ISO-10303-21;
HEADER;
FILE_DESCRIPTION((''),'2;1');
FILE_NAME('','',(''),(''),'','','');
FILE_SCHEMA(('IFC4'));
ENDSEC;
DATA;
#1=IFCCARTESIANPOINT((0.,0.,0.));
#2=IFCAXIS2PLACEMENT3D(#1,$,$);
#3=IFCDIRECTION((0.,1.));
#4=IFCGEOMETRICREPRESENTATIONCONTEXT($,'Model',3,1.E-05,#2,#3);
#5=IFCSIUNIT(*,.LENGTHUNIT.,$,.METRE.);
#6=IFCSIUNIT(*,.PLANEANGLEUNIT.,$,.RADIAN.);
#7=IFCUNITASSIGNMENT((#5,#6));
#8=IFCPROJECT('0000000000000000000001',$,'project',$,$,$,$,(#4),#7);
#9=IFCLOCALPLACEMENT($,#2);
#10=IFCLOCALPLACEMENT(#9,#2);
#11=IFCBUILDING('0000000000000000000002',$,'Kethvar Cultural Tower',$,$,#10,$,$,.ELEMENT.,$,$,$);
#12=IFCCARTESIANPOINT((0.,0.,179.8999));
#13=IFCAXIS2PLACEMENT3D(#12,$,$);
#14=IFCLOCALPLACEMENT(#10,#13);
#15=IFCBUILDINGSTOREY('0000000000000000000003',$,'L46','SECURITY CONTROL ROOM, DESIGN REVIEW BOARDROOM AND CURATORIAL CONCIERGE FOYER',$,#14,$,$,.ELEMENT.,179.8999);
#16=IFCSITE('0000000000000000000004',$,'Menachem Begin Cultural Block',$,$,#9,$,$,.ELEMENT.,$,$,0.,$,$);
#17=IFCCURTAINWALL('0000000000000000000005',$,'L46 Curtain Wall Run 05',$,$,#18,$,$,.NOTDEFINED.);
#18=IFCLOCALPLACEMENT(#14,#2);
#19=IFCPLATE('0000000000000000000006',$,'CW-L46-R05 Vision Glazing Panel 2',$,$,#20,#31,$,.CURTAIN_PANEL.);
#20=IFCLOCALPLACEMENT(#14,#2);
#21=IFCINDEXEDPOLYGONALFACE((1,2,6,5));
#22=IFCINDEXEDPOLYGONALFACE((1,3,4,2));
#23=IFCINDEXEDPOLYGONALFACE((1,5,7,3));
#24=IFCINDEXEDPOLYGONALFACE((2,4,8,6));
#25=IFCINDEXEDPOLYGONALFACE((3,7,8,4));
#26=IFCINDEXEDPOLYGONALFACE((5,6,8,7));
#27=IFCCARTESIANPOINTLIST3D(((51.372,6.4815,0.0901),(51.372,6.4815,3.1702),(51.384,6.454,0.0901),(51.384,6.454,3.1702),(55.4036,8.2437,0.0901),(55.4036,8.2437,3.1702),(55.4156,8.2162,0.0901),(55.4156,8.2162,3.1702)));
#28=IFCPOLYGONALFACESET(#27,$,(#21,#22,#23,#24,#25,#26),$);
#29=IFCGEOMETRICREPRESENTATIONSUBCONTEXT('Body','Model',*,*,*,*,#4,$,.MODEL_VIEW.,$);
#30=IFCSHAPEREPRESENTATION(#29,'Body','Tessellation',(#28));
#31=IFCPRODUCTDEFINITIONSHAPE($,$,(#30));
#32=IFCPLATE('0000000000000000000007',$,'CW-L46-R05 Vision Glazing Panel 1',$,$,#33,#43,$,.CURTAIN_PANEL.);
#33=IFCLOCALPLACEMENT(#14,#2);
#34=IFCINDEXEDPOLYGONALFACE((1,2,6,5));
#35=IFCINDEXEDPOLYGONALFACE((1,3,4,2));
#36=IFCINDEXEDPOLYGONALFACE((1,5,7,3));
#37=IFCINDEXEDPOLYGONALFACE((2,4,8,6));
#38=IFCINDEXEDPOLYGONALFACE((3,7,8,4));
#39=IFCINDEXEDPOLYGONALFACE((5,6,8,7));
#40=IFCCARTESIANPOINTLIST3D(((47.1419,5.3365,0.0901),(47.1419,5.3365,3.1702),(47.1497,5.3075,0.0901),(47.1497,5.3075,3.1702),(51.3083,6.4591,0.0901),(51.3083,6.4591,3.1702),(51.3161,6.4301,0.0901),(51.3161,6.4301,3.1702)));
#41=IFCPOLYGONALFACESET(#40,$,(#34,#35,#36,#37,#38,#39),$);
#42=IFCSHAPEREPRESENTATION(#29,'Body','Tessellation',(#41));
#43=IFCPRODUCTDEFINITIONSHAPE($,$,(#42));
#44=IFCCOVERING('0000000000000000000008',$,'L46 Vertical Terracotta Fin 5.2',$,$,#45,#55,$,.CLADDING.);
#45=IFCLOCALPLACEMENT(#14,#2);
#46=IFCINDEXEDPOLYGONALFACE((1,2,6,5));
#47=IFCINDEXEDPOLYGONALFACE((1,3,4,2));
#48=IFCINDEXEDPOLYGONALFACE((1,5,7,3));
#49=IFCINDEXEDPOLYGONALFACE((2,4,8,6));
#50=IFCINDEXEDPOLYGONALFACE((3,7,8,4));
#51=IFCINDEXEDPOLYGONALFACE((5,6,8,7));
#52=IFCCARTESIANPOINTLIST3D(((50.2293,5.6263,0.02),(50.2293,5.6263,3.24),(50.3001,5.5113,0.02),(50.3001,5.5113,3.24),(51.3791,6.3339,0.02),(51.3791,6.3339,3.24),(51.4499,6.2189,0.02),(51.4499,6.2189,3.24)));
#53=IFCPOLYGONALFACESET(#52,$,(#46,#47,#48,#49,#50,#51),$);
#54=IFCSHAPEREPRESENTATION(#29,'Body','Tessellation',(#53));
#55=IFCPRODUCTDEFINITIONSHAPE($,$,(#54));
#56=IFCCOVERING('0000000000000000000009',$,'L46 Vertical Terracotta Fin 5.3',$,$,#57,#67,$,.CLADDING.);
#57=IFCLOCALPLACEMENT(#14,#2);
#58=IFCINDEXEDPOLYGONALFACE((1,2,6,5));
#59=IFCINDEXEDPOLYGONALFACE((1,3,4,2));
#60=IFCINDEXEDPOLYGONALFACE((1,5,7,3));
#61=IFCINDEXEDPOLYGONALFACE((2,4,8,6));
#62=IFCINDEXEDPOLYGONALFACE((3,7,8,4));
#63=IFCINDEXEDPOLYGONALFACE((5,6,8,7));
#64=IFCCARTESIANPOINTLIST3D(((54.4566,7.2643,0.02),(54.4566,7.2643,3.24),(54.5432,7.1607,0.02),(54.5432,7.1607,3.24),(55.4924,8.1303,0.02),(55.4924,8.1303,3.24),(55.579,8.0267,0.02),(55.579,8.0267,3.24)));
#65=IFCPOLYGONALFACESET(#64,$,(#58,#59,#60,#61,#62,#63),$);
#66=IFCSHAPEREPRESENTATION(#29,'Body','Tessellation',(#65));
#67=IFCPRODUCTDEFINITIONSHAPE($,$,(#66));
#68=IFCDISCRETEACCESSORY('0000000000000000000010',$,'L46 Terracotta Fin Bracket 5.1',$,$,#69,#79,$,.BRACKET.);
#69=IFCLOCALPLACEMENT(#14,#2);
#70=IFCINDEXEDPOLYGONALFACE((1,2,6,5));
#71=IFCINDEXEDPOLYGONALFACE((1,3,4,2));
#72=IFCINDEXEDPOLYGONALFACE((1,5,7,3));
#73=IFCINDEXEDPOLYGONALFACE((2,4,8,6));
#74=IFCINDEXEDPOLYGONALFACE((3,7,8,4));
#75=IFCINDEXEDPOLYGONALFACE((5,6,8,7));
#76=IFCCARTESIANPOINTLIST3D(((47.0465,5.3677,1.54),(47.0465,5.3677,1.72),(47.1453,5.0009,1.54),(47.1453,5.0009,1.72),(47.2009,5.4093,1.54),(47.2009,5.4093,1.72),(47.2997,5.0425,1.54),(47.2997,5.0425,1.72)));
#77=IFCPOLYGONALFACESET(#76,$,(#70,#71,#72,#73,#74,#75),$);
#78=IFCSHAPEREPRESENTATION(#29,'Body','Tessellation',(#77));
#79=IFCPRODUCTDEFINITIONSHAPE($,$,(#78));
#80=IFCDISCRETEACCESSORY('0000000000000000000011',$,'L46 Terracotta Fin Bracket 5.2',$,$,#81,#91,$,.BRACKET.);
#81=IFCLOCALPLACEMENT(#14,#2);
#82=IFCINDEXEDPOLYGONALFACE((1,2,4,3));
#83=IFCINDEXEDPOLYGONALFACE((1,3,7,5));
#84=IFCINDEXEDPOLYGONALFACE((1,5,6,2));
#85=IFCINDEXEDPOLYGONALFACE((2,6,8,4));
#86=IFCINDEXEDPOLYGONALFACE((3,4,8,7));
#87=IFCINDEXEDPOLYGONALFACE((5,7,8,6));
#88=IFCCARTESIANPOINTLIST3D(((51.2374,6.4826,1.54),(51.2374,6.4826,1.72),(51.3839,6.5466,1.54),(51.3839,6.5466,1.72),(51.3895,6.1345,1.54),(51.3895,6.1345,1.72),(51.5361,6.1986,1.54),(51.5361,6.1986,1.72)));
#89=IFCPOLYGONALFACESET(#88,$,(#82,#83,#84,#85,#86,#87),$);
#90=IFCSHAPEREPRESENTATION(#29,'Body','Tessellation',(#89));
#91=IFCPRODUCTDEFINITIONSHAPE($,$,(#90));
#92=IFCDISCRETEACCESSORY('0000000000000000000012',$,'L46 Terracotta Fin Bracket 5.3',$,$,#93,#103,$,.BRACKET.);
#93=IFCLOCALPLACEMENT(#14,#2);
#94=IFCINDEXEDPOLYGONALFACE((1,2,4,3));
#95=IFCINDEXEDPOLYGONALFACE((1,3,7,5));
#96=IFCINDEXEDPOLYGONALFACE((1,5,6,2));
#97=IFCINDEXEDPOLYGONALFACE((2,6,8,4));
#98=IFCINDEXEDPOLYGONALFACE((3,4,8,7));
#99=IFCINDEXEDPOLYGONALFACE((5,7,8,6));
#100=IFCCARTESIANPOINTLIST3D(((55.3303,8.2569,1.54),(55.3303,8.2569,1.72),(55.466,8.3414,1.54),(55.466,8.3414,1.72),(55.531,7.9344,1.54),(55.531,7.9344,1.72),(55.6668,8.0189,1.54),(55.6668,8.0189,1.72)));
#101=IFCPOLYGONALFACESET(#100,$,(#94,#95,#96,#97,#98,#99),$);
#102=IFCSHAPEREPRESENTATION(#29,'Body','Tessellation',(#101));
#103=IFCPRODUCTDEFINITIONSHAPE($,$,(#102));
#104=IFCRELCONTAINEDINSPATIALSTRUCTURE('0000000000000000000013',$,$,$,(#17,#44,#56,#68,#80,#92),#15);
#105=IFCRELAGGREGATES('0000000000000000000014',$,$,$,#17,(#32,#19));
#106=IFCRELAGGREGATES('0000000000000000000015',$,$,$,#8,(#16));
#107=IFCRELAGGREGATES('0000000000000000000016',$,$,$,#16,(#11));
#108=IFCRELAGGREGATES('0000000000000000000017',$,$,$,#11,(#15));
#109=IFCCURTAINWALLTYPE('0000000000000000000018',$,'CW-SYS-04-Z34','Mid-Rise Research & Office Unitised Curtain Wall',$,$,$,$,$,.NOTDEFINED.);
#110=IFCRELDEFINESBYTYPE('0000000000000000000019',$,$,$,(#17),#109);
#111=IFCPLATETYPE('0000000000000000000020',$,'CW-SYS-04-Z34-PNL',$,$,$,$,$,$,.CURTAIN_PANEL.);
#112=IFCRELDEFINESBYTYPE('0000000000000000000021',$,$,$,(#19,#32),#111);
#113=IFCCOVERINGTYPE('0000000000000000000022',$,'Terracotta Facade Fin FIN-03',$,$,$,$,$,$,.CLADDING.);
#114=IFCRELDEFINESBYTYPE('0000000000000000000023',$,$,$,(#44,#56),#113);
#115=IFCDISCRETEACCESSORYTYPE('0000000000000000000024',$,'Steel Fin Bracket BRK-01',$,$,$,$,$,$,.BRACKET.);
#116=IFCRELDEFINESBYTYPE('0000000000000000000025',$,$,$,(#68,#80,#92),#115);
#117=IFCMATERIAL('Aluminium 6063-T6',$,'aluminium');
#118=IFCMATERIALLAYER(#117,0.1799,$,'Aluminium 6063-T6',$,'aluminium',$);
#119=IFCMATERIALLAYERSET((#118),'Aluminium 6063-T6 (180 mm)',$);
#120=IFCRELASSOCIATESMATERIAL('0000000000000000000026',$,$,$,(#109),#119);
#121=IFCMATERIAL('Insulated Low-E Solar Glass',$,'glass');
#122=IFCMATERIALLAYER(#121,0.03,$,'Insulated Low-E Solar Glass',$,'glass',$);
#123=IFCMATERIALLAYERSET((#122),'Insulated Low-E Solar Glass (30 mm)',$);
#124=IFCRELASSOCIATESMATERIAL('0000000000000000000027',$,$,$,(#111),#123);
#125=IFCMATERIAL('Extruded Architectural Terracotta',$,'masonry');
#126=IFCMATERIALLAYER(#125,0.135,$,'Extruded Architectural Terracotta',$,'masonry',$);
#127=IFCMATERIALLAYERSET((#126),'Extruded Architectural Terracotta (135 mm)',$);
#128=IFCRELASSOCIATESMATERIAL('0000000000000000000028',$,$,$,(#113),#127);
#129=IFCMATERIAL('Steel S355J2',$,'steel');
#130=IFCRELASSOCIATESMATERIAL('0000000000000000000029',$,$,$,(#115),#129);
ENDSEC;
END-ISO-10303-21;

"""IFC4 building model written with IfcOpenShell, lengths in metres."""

from ifc_helpers import new_model, si_unit, direction, frame, origin, origin_2d, place, context, subcontext, project, spatial, rectangle, extrude, source, transform, mapped, material, layer, layer_set, type_object, element, aggregate, save


model = new_model("IFC4")

# Units and contexts
model_context = context("Model", 3, precision=1e-05, world=origin(), true_north=direction((0.0, 1.0)))
body_context = subcontext(model_context, "Body", "Model", "MODEL_VIEW")
ifc_project = project(units=[si_unit("LENGTHUNIT", "METRE"), si_unit("PLANEANGLEUNIT", "RADIAN")], contexts=[model_context])

# Site, building, storey
site_placement = place(None, origin())
site = spatial("IfcSite", under=ifc_project, at=site_placement, Name="Menachem Begin Cultural Block", CompositionType="ELEMENT", RefElevation=0.0)
building_placement = place(site_placement, origin())
building = spatial("IfcBuilding", under=site, at=building_placement, Name="Kethvar Cultural Tower", CompositionType="ELEMENT")
storey_placement = place(building_placement, frame((0.0, 0.0, 179.8999)))
storey = spatial("IfcBuildingStorey", under=building, at=storey_placement, Name="L46", Description="SECURITY CONTROL ROOM, DESIGN REVIEW BOARDROOM AND CURATORIAL CONCIERGE FOYER", CompositionType="ELEMENT", Elevation=179.8999)

# Shared definitions
ifc_material_1 = material(Name="Steel S355J2", Category="steel")

# Shared definitions
ifc_material_2 = material(Name="Aluminium 6063-T6", Category="aluminium")
ifc_layer_1 = layer(ifc_material_2, 0.1799, Name="Aluminium 6063-T6", Category="aluminium")
ifc_layer_set_1 = layer_set([ifc_layer_1], Name="Aluminium 6063-T6 (180 mm)")
curtain_wall_type = type_object("IfcCurtainWallType", Name="CW-SYS-04-Z34", Description="Mid-Rise Research & Office Unitised Curtain Wall", PredefinedType="NOTDEFINED", material=ifc_layer_set_1)

# Curtain wall, plates
curtain_wall_1_placement = place(storey_placement, origin())
curtain_wall_1 = element("IfcCurtainWall", 1, at=curtain_wall_1_placement, inside=storey, type_object=curtain_wall_type, Name="L46 Curtain Wall Run 05", PredefinedType="NOTDEFINED")
ifc_material_3 = material(Name="Insulated Low-E Solar Glass", Category="glass")
ifc_layer_2 = layer(ifc_material_3, 0.03, Name="Insulated Low-E Solar Glass", Category="glass")
ifc_layer_set_2 = layer_set([ifc_layer_2], Name="Insulated Low-E Solar Glass (30 mm)")
plate_type = type_object("IfcPlateType", Name="CW-SYS-04-Z34-PNL", PredefinedType="CURTAIN_PANEL", material=ifc_layer_set_2)
shared_shape_1 = source(origin(), body_context, "Body", "SweptSolid", [
    extrude(rectangle(XDim=4.3999, YDim=0.03, at=origin_2d()), origin(), (0.0, 0.0, 1.0), 3.0801),
])
plate_1_placement = place(storey_placement, frame((53.3938, 7.3489, 0.0901), z_axis=(0.0, 0.0, 1.0), x_axis=(0.916293, 0.400509, 0.0)))
plate_1 = element("IfcPlate", 2, at=plate_1_placement, type_object=plate_type, Name="CW-L46-R05 Vision Glazing Panel 2", PredefinedType="CURTAIN_PANEL", context=body_context, shape_type="MappedRepresentation", body=[
    mapped(shared_shape_1, transform((0.0, 0.0, 0.0), scale=1.0)),
])
shared_shape_2 = source(origin(), body_context, "Body", "SweptSolid", [
    extrude(rectangle(XDim=4.3149, YDim=0.03, at=origin_2d()), origin(), (0.0, 0.0, 1.0), 3.0801),
])
plate_2_placement = place(storey_placement, frame((49.229, 5.8833, 0.0901), z_axis=(0.0, 0.0, 1.0), x_axis=(0.965564, 0.260167, 0.0)))
plate_2 = element("IfcPlate", 3, at=plate_2_placement, type_object=plate_type, Name="CW-L46-R05 Vision Glazing Panel 1", PredefinedType="CURTAIN_PANEL", context=body_context, shape_type="MappedRepresentation", body=[
    mapped(shared_shape_2, transform((0.0, 0.0, 0.0), scale=1.0)),
])
aggregate(curtain_wall_1, [plate_2, plate_1])

# Coverings
ifc_material_4 = material(Name="Extruded Architectural Terracotta", Category="masonry")
ifc_layer_3 = layer(ifc_material_4, 0.135, Name="Extruded Architectural Terracotta", Category="masonry")
ifc_layer_set_3 = layer_set([ifc_layer_3], Name="Extruded Architectural Terracotta (135 mm)")
covering_type = type_object("IfcCoveringType", Name="Terracotta Facade Fin FIN-03", PredefinedType="CLADDING", material=ifc_layer_set_3)
shared_shape_3 = source(origin(), body_context, "Body", "SweptSolid", [
    extrude(rectangle(XDim=1.3501, YDim=0.135, at=origin_2d()), origin(), (0.0, 0.0, 1.0), 3.22),
])
for number, where, z_axis, x_axis, name in (
    (4, (50.8396, 5.9226, 0.02), (0.0, 0.0, 1.0), (-0.851635, -0.524135, 0.0), "L46 Vertical Terracotta Fin 5.2"),
    (5, (55.0178, 7.6455, 0.02), (0.0, 0.0, 1.0), (-0.767165, -0.64145, 0.0), "L46 Vertical Terracotta Fin 5.3"),
):
    element("IfcCovering", number, at=place(storey_placement, frame(where, z_axis=z_axis, x_axis=x_axis)), inside=storey, type_object=covering_type, Name=name, PredefinedType="CLADDING", context=body_context, shape_type="MappedRepresentation", body=[
        mapped(shared_shape_3, transform((0.0, 0.0, 0.0), scale=1.0)),
    ])

# Discrete accessories
discrete_accessory_type = type_object("IfcDiscreteAccessoryType", Name="Steel Fin Bracket BRK-01", PredefinedType="BRACKET", material=ifc_material_1)
shared_shape_4 = source(origin(), body_context, "Body", "SweptSolid", [
    extrude(rectangle(XDim=0.3799, YDim=0.1599, at=origin_2d()), origin(), (0.0, 0.0, 1.0), 0.1799),
])
for number, where, z_axis, x_axis, name in (
    (6, (47.1731, 5.2051, 1.54), (0.0, 0.0, 1.0), (0.260167, -0.965564, 0.0), "L46 Terracotta Fin Bracket 5.1"),
    (7, (51.3867, 6.3406, 1.54), (0.0, 0.0, 1.0), (0.400509, -0.916293, 0.0), "L46 Terracotta Fin Bracket 5.2"),
    (8, (55.4985, 8.1379, 1.54), (0.0, 0.0, 1.0), (0.528438, -0.848972, 0.0), "L46 Terracotta Fin Bracket 5.3"),
):
    element("IfcDiscreteAccessory", number, at=place(storey_placement, frame(where, z_axis=z_axis, x_axis=x_axis)), inside=storey, type_object=discrete_accessory_type, Name=name, PredefinedType="BRACKET", context=body_context, shape_type="MappedRepresentation", body=[
        mapped(shared_shape_4, transform((0.0, 0.0, 0.0), scale=1.0)),
    ])

save(model, "model.ifc")
